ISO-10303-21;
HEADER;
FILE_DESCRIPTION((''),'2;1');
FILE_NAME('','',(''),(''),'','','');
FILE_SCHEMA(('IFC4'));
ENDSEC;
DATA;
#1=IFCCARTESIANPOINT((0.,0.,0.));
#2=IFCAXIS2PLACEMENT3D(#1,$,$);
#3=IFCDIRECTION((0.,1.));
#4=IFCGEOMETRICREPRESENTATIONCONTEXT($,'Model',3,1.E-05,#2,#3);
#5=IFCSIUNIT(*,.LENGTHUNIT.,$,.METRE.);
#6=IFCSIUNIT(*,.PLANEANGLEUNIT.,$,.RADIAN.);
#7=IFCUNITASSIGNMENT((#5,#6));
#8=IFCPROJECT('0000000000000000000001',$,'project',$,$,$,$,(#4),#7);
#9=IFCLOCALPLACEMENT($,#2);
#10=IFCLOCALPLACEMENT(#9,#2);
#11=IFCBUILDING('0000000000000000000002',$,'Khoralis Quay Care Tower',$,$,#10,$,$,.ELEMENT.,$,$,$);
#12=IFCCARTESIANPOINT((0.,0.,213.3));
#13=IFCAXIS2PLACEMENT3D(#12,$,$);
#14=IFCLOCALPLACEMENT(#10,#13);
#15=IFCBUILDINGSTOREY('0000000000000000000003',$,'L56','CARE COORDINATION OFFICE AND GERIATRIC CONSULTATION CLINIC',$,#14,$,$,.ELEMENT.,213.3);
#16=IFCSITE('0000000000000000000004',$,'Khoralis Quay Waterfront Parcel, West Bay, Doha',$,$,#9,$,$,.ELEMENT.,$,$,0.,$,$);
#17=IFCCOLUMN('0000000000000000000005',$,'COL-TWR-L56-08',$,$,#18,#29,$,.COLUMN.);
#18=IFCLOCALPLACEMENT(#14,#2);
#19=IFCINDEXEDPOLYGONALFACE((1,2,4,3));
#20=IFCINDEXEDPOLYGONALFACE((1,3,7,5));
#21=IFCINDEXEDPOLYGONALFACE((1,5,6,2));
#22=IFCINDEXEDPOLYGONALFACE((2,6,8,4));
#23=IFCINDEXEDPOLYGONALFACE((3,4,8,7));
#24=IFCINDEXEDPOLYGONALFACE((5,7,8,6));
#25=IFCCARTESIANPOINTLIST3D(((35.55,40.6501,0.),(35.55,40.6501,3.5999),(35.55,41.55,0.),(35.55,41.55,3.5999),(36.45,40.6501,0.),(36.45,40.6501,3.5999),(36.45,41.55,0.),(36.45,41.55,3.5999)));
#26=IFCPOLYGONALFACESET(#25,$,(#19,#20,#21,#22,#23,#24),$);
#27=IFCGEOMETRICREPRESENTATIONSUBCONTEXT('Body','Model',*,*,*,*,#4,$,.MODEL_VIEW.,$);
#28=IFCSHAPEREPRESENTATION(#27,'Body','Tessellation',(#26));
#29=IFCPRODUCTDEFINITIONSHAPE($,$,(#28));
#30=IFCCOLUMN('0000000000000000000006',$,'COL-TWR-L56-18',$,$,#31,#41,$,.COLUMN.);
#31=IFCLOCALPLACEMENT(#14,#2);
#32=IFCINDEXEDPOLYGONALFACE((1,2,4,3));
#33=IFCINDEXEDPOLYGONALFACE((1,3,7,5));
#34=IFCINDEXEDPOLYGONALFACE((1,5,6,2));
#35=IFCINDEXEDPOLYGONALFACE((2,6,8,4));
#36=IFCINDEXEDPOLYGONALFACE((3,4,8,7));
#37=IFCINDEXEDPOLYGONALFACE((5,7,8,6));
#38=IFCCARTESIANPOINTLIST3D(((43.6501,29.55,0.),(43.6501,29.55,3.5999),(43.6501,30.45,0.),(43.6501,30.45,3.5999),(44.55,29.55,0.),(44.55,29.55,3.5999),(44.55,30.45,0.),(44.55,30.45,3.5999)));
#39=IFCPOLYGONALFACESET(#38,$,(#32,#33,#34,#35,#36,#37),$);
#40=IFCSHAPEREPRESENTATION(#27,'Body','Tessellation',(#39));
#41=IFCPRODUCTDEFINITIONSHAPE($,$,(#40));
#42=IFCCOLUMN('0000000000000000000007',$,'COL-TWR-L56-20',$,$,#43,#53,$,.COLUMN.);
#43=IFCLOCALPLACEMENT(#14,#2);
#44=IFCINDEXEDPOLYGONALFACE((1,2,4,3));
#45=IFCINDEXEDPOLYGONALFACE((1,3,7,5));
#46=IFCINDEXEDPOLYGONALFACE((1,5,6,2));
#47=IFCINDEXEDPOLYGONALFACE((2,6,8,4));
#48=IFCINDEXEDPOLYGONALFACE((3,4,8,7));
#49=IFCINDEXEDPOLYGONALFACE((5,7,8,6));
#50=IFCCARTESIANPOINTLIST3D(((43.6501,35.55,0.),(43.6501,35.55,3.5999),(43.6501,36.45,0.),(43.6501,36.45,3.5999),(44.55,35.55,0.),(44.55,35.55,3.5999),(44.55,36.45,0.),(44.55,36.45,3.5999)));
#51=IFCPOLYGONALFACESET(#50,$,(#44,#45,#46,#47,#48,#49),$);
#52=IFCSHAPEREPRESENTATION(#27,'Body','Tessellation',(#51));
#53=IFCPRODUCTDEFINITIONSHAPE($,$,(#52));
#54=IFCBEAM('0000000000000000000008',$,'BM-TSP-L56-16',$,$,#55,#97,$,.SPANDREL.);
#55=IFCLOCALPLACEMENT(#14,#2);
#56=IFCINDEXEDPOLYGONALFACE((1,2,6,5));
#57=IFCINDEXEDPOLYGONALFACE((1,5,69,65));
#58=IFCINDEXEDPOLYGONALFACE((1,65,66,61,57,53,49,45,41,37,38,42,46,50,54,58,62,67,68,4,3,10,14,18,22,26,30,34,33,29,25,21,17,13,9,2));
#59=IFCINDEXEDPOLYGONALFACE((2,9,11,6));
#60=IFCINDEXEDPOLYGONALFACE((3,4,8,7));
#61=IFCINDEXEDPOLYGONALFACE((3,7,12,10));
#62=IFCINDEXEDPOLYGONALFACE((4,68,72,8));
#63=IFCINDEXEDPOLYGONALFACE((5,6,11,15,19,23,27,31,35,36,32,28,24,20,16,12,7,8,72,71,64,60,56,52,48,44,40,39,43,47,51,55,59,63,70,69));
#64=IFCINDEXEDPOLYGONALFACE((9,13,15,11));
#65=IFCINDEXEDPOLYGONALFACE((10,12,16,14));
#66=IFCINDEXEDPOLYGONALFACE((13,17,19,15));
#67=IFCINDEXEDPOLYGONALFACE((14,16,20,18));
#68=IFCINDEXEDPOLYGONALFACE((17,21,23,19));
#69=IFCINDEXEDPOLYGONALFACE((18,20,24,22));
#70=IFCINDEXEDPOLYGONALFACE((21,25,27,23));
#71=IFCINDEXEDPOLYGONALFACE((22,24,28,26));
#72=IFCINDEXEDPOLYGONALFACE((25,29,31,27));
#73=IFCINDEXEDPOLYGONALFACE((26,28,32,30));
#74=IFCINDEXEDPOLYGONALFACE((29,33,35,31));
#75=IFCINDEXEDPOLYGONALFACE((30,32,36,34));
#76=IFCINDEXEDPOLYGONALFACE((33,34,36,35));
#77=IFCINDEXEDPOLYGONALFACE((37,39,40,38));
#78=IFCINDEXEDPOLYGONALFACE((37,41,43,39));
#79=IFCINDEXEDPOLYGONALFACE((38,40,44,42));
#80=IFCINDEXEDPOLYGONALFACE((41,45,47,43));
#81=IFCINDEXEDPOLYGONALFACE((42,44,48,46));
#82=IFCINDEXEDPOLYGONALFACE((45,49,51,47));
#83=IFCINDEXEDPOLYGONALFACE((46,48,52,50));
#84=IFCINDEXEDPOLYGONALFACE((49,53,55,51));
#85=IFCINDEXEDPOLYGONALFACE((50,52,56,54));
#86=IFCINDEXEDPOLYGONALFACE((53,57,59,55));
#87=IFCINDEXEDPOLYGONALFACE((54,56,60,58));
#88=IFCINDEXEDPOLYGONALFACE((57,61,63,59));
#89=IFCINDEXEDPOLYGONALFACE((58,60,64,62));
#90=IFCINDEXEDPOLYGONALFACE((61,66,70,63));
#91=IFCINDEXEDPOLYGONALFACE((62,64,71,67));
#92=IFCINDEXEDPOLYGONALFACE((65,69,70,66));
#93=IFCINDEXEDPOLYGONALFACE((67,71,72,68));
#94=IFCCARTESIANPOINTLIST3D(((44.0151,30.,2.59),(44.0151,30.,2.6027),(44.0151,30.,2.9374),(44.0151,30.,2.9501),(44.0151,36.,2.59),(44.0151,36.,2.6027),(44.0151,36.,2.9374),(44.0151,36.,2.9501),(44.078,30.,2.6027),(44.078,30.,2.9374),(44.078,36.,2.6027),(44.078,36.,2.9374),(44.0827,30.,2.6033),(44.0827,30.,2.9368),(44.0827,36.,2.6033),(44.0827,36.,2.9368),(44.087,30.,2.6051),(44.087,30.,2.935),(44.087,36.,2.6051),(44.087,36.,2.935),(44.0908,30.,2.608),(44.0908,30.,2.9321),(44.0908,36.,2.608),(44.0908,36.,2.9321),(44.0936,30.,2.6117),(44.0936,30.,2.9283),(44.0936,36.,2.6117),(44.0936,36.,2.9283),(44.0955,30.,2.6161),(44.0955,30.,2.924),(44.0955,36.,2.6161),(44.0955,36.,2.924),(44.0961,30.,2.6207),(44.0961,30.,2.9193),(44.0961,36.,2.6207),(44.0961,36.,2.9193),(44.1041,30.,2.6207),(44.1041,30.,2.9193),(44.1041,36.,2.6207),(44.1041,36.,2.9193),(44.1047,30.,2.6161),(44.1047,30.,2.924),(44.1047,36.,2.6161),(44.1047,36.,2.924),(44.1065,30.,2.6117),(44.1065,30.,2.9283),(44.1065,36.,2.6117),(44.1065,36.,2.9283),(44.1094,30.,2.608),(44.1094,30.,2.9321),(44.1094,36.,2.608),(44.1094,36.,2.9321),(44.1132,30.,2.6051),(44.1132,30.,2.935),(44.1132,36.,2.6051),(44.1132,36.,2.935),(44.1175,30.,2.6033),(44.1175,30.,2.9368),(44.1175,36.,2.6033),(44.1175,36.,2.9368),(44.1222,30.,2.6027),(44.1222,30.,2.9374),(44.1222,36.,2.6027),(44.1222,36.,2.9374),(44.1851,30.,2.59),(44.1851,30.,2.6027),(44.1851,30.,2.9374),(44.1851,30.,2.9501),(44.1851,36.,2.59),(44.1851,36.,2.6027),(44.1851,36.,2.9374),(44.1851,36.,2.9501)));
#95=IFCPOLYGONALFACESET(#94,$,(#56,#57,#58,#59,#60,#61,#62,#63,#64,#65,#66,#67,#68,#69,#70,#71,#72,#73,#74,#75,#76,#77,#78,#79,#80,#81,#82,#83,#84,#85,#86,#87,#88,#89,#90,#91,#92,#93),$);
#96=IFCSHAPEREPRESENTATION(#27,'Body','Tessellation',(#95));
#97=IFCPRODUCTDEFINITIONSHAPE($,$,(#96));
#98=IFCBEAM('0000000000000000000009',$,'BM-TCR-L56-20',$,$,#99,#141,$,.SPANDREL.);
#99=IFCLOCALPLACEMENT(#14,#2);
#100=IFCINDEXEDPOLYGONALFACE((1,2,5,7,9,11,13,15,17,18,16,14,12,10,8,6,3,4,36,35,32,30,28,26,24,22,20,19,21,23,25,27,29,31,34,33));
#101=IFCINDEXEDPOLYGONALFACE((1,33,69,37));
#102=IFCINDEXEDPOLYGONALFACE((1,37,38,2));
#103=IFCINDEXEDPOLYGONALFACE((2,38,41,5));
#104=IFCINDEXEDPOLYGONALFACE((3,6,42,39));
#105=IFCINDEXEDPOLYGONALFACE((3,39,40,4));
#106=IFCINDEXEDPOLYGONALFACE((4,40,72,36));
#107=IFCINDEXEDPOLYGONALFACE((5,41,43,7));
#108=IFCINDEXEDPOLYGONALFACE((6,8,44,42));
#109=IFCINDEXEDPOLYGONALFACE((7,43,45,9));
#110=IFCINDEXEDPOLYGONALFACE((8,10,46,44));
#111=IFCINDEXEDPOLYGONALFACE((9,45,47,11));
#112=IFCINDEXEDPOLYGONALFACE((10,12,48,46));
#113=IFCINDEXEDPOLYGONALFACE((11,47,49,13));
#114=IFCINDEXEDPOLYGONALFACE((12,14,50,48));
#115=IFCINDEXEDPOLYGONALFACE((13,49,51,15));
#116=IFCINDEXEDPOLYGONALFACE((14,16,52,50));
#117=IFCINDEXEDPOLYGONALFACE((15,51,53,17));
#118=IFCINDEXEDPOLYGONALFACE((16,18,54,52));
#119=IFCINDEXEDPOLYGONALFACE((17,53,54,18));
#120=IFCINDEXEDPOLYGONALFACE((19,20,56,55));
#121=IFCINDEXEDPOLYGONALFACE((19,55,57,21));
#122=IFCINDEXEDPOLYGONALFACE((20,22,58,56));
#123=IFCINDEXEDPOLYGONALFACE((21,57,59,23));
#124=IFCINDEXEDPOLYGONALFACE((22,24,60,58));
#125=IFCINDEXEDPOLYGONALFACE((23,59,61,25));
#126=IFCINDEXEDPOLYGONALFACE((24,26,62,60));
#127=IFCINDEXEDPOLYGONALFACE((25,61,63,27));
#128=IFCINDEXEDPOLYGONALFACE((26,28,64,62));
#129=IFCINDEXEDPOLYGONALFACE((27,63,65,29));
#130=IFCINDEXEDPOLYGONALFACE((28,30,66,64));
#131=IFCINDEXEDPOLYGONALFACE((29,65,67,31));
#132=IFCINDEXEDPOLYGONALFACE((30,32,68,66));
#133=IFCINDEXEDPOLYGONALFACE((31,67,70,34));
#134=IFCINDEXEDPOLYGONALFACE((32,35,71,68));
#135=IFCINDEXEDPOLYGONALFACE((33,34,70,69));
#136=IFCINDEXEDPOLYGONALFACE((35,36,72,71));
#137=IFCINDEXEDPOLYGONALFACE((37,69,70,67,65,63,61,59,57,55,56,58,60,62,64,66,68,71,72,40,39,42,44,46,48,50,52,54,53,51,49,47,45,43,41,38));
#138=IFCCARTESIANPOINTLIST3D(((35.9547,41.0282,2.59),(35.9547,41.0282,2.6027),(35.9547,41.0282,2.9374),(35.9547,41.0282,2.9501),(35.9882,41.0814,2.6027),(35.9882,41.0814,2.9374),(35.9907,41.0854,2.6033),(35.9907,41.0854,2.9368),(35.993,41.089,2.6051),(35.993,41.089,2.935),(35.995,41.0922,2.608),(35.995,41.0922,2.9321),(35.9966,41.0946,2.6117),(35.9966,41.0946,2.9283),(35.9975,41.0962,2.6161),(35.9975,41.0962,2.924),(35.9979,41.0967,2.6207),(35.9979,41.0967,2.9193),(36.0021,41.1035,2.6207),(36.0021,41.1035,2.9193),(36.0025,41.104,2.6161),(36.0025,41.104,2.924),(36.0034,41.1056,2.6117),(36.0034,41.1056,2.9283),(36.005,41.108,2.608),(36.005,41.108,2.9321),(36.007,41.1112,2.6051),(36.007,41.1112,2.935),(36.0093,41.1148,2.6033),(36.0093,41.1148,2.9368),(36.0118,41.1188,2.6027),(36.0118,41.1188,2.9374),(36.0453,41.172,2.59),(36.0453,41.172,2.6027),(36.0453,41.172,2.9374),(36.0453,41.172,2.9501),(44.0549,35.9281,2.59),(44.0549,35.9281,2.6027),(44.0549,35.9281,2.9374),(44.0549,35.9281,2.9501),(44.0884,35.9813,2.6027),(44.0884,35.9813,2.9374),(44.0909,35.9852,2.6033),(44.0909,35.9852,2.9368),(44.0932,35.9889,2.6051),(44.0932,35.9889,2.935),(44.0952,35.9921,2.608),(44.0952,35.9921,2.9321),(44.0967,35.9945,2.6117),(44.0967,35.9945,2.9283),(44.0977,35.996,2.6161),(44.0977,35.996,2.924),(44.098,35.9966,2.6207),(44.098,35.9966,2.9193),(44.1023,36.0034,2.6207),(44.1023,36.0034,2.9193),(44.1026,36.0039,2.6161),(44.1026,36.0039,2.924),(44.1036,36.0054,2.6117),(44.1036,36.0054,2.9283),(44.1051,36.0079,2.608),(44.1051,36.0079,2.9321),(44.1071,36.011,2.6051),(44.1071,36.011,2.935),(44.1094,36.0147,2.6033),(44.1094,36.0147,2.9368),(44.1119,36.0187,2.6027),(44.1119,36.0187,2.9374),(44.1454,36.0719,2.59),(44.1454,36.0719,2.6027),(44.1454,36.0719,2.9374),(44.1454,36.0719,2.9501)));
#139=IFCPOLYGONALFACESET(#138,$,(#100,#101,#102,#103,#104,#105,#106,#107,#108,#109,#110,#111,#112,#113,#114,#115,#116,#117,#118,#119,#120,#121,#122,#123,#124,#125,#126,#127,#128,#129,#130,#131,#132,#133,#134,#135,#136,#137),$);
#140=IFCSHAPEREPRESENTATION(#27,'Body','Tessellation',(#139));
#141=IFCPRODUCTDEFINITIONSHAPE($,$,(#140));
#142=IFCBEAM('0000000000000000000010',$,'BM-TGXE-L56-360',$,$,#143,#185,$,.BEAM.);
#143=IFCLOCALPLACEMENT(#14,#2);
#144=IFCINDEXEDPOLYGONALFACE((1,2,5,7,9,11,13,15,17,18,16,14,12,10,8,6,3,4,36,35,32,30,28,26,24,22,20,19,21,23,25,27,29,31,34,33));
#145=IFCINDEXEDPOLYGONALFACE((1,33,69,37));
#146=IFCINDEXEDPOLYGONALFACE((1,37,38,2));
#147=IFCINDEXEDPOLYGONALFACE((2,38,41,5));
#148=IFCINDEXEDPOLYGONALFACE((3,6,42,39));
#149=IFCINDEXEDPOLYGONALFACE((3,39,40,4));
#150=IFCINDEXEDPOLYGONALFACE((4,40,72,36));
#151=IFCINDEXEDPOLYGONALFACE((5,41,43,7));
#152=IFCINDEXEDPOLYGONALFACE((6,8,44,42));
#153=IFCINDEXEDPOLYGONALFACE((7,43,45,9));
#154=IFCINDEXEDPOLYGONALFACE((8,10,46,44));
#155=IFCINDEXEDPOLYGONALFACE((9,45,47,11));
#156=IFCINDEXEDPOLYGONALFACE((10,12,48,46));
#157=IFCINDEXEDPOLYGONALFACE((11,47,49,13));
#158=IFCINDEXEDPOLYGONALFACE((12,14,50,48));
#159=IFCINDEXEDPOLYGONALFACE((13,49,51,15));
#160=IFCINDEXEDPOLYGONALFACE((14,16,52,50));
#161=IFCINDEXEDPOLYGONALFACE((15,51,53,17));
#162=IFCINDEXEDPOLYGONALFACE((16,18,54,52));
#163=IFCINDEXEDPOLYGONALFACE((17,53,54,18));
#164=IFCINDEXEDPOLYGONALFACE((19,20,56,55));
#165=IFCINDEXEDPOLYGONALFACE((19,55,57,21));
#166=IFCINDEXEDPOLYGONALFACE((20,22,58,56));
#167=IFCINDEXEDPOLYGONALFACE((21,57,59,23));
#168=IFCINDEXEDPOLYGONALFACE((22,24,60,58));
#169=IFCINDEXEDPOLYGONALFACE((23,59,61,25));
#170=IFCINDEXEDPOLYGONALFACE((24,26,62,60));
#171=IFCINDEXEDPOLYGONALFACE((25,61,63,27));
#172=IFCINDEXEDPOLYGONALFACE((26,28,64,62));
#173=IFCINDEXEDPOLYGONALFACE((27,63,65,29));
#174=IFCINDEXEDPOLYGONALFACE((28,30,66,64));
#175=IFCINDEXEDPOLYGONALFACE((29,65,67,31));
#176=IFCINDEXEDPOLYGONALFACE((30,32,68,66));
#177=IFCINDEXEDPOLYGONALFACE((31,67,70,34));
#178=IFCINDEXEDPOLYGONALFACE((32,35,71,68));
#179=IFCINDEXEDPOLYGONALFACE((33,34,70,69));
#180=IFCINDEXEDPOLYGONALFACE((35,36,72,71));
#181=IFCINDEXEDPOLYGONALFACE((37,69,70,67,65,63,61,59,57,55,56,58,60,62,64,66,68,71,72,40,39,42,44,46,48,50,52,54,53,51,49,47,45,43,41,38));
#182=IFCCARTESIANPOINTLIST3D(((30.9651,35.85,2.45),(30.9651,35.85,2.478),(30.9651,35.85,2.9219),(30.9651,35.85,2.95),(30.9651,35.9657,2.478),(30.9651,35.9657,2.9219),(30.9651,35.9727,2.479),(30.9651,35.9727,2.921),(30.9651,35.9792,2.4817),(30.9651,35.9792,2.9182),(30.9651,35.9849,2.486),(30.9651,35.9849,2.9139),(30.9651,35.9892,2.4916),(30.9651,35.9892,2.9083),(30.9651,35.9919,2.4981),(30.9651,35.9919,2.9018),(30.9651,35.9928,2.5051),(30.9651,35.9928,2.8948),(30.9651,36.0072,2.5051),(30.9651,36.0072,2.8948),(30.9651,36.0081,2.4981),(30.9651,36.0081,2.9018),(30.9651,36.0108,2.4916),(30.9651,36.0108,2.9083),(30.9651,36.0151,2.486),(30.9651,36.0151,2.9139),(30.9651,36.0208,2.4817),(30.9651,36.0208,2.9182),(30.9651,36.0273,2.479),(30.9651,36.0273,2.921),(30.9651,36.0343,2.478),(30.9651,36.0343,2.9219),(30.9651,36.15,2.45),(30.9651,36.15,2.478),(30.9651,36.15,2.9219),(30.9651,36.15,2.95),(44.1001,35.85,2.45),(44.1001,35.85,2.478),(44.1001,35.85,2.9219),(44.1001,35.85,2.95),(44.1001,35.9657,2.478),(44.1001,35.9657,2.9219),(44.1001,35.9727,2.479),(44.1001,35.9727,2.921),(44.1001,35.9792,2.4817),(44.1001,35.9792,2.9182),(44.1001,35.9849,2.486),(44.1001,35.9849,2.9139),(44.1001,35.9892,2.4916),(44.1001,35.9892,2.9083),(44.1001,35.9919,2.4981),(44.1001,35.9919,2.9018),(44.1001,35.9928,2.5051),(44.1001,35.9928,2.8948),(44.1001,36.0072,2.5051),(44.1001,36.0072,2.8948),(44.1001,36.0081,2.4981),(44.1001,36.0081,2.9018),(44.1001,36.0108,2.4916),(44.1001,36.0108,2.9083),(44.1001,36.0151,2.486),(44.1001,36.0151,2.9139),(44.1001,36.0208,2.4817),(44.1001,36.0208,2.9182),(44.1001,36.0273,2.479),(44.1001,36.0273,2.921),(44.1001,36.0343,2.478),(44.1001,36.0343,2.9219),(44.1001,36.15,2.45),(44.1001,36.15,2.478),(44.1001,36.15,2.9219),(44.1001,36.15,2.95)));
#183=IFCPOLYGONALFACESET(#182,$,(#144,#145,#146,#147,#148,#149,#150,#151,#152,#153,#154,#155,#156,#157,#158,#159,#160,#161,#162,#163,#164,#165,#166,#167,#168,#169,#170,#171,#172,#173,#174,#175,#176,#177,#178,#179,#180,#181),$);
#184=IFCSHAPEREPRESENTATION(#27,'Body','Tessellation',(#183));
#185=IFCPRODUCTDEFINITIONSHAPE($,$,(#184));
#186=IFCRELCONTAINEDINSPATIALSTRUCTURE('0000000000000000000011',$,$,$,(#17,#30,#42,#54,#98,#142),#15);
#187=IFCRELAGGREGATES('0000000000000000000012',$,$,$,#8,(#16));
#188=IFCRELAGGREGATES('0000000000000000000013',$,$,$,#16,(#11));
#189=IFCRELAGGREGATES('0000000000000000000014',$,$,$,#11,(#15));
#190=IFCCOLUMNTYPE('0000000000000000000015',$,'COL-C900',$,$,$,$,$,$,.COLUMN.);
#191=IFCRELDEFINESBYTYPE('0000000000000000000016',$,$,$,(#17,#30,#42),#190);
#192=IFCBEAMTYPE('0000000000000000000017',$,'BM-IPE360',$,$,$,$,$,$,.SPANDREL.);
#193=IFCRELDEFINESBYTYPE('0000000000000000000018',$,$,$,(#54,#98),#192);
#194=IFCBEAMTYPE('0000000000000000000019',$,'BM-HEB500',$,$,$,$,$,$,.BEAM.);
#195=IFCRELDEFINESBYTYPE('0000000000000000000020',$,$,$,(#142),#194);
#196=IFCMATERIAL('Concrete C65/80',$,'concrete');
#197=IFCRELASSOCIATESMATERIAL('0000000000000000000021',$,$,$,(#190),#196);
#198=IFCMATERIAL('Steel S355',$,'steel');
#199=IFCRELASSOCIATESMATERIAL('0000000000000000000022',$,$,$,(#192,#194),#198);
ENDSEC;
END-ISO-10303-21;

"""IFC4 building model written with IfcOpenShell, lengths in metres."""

from ifc_helpers import new_model, si_unit, direction, frame, origin, origin_2d, place, context, subcontext, project, spatial, rectangle, i_section, extrude, source, transform, mapped, material, material_profile, profile_set, type_object, element, save


model = new_model("IFC4")

# Units and contexts
model_context = context("Model", 3, precision=1e-05, world=origin(), true_north=direction((0.0, 1.0)))
body_context = subcontext(model_context, "Body", "Model", "MODEL_VIEW")
ifc_project = project(units=[si_unit("LENGTHUNIT", "METRE"), si_unit("PLANEANGLEUNIT", "RADIAN")], contexts=[model_context])

# Site, building, storey
site_placement = place(None, origin())
site = spatial("IfcSite", under=ifc_project, at=site_placement, Name="Khoralis Quay Waterfront Parcel, West Bay, Doha", CompositionType="ELEMENT", RefElevation=0.0)
building_placement = place(site_placement, origin())
building = spatial("IfcBuilding", under=site, at=building_placement, Name="Khoralis Quay Care Tower", CompositionType="ELEMENT")
storey_placement = place(building_placement, frame((0.0, 0.0, 213.3)))
storey = spatial("IfcBuildingStorey", under=building, at=storey_placement, Name="L56", Description="CARE COORDINATION OFFICE AND GERIATRIC CONSULTATION CLINIC", CompositionType="ELEMENT", Elevation=213.3)

# Columns
ifc_material_1 = material(Name="Concrete C65/80", Category="concrete")
ifc_material_profile_1 = material_profile(ifc_material_1, rectangle(XDim=0.8999, YDim=0.8999, at=origin_2d()), Name="Concrete C65/80")
ifc_profile_set_1 = profile_set([ifc_material_profile_1], Name="Concrete C65/80")
column_type = type_object("IfcColumnType", Name="COL-C900", PredefinedType="COLUMN", material=ifc_profile_set_1)
shared_shape_1 = source(origin(), body_context, "Body", "SweptSolid", [
    extrude(rectangle(XDim=0.8999, YDim=0.8999, at=origin_2d()), origin(), (0.0, 0.0, 1.0), 3.5999),
])
for number, where, z_axis, x_axis, name in (
    (1, (36.0, 41.1001, 0.0), (0.0, 0.0, 1.0), (1.0, 0.0, 0.0), "COL-TWR-L56-08"),
    (2, (44.1001, 30.0, 0.0), (0.0, 0.0, 1.0), (1.0, 0.0, 0.0), "COL-TWR-L56-18"),
    (3, (44.1001, 36.0, 0.0), (0.0, 0.0, 1.0), (1.0, 0.0, 0.0), "COL-TWR-L56-20"),
):
    element("IfcColumn", number, at=place(storey_placement, frame(where, z_axis=z_axis, x_axis=x_axis)), inside=storey, type_object=column_type, Name=name, PredefinedType="COLUMN", context=body_context, shape_type="MappedRepresentation", body=[
        mapped(shared_shape_1, transform((0.0, 0.0, 0.0), scale=1.0)),
    ])

# Beams
ifc_material_2 = material(Name="Steel S355", Category="steel")
ifc_material_profile_2 = material_profile(ifc_material_2, i_section(OverallWidth=0.1699, OverallDepth=0.3601, WebThickness=0.0081, FlangeThickness=0.0127, FilletRadius=0.0181, at=origin_2d()), Name="Steel S355")
ifc_profile_set_2 = profile_set([ifc_material_profile_2], Name="Steel S355")
beam_type_1 = type_object("IfcBeamType", Name="BM-IPE360", PredefinedType="SPANDREL", material=ifc_profile_set_2)
shared_shape_2 = source(origin(), body_context, "Body", "SweptSolid", [
    extrude(i_section(OverallWidth=0.1699, OverallDepth=0.3601, WebThickness=0.0081, FlangeThickness=0.0127, FilletRadius=0.0181, at=origin_2d()), origin(), (0.0, 0.0, 1.0), 6.0),
])
beam_1_placement = place(storey_placement, frame((44.1001, 30.0, 2.77), z_axis=(0.0, 1.0, 0.0), x_axis=(-1.0, 0.0, 0.0)))
element("IfcBeam", 4, at=beam_1_placement, inside=storey, type_object=beam_type_1, Name="BM-TSP-L56-16", PredefinedType="SPANDREL", context=body_context, shape_type="MappedRepresentation", body=[
    mapped(shared_shape_2, transform((0.0, 0.0, 0.0), scale=1.0)),
])
shared_shape_3 = source(origin(), body_context, "Body", "SweptSolid", [
    extrude(i_section(OverallWidth=0.1699, OverallDepth=0.3601, WebThickness=0.0081, FlangeThickness=0.0127, FilletRadius=0.0181, at=origin_2d()), origin(), (0.0, 0.0, 1.0), 9.572),
])
beam_2_placement = place(storey_placement, frame((36.0, 41.1001, 2.77), z_axis=(0.846231, -0.532816, 0.0), x_axis=(0.532816, 0.846231, 0.0)))
element("IfcBeam", 5, at=beam_2_placement, inside=storey, type_object=beam_type_1, Name="BM-TCR-L56-20", PredefinedType="SPANDREL", context=body_context, shape_type="MappedRepresentation", body=[
    mapped(shared_shape_3, transform((0.0, 0.0, 0.0), scale=1.0)),
])
ifc_material_profile_3 = material_profile(ifc_material_2, i_section(OverallWidth=0.3, OverallDepth=0.5, WebThickness=0.0144, FlangeThickness=0.0281, FilletRadius=0.0271, at=origin_2d()), Name="Steel S355")
ifc_profile_set_3 = profile_set([ifc_material_profile_3], Name="Steel S355")
beam_type_2 = type_object("IfcBeamType", Name="BM-HEB500", PredefinedType="BEAM", material=ifc_profile_set_3)
shared_shape_4 = source(origin(), body_context, "Body", "SweptSolid", [
    extrude(i_section(OverallWidth=0.3, OverallDepth=0.5, WebThickness=0.0144, FlangeThickness=0.0281, FilletRadius=0.0271, at=origin_2d()), origin(), (0.0, 0.0, 1.0), 13.135),
])
beam_3_placement = place(storey_placement, frame((30.9651, 36.0, 2.7), z_axis=(1.0, 0.0, 0.0), x_axis=(0.0, 1.0, 0.0)))
element("IfcBeam", 6, at=beam_3_placement, inside=storey, type_object=beam_type_2, Name="BM-TGXE-L56-360", PredefinedType="BEAM", context=body_context, shape_type="MappedRepresentation", body=[
    mapped(shared_shape_4, transform((0.0, 0.0, 0.0), scale=1.0)),
])

save(model, "model.ifc")
